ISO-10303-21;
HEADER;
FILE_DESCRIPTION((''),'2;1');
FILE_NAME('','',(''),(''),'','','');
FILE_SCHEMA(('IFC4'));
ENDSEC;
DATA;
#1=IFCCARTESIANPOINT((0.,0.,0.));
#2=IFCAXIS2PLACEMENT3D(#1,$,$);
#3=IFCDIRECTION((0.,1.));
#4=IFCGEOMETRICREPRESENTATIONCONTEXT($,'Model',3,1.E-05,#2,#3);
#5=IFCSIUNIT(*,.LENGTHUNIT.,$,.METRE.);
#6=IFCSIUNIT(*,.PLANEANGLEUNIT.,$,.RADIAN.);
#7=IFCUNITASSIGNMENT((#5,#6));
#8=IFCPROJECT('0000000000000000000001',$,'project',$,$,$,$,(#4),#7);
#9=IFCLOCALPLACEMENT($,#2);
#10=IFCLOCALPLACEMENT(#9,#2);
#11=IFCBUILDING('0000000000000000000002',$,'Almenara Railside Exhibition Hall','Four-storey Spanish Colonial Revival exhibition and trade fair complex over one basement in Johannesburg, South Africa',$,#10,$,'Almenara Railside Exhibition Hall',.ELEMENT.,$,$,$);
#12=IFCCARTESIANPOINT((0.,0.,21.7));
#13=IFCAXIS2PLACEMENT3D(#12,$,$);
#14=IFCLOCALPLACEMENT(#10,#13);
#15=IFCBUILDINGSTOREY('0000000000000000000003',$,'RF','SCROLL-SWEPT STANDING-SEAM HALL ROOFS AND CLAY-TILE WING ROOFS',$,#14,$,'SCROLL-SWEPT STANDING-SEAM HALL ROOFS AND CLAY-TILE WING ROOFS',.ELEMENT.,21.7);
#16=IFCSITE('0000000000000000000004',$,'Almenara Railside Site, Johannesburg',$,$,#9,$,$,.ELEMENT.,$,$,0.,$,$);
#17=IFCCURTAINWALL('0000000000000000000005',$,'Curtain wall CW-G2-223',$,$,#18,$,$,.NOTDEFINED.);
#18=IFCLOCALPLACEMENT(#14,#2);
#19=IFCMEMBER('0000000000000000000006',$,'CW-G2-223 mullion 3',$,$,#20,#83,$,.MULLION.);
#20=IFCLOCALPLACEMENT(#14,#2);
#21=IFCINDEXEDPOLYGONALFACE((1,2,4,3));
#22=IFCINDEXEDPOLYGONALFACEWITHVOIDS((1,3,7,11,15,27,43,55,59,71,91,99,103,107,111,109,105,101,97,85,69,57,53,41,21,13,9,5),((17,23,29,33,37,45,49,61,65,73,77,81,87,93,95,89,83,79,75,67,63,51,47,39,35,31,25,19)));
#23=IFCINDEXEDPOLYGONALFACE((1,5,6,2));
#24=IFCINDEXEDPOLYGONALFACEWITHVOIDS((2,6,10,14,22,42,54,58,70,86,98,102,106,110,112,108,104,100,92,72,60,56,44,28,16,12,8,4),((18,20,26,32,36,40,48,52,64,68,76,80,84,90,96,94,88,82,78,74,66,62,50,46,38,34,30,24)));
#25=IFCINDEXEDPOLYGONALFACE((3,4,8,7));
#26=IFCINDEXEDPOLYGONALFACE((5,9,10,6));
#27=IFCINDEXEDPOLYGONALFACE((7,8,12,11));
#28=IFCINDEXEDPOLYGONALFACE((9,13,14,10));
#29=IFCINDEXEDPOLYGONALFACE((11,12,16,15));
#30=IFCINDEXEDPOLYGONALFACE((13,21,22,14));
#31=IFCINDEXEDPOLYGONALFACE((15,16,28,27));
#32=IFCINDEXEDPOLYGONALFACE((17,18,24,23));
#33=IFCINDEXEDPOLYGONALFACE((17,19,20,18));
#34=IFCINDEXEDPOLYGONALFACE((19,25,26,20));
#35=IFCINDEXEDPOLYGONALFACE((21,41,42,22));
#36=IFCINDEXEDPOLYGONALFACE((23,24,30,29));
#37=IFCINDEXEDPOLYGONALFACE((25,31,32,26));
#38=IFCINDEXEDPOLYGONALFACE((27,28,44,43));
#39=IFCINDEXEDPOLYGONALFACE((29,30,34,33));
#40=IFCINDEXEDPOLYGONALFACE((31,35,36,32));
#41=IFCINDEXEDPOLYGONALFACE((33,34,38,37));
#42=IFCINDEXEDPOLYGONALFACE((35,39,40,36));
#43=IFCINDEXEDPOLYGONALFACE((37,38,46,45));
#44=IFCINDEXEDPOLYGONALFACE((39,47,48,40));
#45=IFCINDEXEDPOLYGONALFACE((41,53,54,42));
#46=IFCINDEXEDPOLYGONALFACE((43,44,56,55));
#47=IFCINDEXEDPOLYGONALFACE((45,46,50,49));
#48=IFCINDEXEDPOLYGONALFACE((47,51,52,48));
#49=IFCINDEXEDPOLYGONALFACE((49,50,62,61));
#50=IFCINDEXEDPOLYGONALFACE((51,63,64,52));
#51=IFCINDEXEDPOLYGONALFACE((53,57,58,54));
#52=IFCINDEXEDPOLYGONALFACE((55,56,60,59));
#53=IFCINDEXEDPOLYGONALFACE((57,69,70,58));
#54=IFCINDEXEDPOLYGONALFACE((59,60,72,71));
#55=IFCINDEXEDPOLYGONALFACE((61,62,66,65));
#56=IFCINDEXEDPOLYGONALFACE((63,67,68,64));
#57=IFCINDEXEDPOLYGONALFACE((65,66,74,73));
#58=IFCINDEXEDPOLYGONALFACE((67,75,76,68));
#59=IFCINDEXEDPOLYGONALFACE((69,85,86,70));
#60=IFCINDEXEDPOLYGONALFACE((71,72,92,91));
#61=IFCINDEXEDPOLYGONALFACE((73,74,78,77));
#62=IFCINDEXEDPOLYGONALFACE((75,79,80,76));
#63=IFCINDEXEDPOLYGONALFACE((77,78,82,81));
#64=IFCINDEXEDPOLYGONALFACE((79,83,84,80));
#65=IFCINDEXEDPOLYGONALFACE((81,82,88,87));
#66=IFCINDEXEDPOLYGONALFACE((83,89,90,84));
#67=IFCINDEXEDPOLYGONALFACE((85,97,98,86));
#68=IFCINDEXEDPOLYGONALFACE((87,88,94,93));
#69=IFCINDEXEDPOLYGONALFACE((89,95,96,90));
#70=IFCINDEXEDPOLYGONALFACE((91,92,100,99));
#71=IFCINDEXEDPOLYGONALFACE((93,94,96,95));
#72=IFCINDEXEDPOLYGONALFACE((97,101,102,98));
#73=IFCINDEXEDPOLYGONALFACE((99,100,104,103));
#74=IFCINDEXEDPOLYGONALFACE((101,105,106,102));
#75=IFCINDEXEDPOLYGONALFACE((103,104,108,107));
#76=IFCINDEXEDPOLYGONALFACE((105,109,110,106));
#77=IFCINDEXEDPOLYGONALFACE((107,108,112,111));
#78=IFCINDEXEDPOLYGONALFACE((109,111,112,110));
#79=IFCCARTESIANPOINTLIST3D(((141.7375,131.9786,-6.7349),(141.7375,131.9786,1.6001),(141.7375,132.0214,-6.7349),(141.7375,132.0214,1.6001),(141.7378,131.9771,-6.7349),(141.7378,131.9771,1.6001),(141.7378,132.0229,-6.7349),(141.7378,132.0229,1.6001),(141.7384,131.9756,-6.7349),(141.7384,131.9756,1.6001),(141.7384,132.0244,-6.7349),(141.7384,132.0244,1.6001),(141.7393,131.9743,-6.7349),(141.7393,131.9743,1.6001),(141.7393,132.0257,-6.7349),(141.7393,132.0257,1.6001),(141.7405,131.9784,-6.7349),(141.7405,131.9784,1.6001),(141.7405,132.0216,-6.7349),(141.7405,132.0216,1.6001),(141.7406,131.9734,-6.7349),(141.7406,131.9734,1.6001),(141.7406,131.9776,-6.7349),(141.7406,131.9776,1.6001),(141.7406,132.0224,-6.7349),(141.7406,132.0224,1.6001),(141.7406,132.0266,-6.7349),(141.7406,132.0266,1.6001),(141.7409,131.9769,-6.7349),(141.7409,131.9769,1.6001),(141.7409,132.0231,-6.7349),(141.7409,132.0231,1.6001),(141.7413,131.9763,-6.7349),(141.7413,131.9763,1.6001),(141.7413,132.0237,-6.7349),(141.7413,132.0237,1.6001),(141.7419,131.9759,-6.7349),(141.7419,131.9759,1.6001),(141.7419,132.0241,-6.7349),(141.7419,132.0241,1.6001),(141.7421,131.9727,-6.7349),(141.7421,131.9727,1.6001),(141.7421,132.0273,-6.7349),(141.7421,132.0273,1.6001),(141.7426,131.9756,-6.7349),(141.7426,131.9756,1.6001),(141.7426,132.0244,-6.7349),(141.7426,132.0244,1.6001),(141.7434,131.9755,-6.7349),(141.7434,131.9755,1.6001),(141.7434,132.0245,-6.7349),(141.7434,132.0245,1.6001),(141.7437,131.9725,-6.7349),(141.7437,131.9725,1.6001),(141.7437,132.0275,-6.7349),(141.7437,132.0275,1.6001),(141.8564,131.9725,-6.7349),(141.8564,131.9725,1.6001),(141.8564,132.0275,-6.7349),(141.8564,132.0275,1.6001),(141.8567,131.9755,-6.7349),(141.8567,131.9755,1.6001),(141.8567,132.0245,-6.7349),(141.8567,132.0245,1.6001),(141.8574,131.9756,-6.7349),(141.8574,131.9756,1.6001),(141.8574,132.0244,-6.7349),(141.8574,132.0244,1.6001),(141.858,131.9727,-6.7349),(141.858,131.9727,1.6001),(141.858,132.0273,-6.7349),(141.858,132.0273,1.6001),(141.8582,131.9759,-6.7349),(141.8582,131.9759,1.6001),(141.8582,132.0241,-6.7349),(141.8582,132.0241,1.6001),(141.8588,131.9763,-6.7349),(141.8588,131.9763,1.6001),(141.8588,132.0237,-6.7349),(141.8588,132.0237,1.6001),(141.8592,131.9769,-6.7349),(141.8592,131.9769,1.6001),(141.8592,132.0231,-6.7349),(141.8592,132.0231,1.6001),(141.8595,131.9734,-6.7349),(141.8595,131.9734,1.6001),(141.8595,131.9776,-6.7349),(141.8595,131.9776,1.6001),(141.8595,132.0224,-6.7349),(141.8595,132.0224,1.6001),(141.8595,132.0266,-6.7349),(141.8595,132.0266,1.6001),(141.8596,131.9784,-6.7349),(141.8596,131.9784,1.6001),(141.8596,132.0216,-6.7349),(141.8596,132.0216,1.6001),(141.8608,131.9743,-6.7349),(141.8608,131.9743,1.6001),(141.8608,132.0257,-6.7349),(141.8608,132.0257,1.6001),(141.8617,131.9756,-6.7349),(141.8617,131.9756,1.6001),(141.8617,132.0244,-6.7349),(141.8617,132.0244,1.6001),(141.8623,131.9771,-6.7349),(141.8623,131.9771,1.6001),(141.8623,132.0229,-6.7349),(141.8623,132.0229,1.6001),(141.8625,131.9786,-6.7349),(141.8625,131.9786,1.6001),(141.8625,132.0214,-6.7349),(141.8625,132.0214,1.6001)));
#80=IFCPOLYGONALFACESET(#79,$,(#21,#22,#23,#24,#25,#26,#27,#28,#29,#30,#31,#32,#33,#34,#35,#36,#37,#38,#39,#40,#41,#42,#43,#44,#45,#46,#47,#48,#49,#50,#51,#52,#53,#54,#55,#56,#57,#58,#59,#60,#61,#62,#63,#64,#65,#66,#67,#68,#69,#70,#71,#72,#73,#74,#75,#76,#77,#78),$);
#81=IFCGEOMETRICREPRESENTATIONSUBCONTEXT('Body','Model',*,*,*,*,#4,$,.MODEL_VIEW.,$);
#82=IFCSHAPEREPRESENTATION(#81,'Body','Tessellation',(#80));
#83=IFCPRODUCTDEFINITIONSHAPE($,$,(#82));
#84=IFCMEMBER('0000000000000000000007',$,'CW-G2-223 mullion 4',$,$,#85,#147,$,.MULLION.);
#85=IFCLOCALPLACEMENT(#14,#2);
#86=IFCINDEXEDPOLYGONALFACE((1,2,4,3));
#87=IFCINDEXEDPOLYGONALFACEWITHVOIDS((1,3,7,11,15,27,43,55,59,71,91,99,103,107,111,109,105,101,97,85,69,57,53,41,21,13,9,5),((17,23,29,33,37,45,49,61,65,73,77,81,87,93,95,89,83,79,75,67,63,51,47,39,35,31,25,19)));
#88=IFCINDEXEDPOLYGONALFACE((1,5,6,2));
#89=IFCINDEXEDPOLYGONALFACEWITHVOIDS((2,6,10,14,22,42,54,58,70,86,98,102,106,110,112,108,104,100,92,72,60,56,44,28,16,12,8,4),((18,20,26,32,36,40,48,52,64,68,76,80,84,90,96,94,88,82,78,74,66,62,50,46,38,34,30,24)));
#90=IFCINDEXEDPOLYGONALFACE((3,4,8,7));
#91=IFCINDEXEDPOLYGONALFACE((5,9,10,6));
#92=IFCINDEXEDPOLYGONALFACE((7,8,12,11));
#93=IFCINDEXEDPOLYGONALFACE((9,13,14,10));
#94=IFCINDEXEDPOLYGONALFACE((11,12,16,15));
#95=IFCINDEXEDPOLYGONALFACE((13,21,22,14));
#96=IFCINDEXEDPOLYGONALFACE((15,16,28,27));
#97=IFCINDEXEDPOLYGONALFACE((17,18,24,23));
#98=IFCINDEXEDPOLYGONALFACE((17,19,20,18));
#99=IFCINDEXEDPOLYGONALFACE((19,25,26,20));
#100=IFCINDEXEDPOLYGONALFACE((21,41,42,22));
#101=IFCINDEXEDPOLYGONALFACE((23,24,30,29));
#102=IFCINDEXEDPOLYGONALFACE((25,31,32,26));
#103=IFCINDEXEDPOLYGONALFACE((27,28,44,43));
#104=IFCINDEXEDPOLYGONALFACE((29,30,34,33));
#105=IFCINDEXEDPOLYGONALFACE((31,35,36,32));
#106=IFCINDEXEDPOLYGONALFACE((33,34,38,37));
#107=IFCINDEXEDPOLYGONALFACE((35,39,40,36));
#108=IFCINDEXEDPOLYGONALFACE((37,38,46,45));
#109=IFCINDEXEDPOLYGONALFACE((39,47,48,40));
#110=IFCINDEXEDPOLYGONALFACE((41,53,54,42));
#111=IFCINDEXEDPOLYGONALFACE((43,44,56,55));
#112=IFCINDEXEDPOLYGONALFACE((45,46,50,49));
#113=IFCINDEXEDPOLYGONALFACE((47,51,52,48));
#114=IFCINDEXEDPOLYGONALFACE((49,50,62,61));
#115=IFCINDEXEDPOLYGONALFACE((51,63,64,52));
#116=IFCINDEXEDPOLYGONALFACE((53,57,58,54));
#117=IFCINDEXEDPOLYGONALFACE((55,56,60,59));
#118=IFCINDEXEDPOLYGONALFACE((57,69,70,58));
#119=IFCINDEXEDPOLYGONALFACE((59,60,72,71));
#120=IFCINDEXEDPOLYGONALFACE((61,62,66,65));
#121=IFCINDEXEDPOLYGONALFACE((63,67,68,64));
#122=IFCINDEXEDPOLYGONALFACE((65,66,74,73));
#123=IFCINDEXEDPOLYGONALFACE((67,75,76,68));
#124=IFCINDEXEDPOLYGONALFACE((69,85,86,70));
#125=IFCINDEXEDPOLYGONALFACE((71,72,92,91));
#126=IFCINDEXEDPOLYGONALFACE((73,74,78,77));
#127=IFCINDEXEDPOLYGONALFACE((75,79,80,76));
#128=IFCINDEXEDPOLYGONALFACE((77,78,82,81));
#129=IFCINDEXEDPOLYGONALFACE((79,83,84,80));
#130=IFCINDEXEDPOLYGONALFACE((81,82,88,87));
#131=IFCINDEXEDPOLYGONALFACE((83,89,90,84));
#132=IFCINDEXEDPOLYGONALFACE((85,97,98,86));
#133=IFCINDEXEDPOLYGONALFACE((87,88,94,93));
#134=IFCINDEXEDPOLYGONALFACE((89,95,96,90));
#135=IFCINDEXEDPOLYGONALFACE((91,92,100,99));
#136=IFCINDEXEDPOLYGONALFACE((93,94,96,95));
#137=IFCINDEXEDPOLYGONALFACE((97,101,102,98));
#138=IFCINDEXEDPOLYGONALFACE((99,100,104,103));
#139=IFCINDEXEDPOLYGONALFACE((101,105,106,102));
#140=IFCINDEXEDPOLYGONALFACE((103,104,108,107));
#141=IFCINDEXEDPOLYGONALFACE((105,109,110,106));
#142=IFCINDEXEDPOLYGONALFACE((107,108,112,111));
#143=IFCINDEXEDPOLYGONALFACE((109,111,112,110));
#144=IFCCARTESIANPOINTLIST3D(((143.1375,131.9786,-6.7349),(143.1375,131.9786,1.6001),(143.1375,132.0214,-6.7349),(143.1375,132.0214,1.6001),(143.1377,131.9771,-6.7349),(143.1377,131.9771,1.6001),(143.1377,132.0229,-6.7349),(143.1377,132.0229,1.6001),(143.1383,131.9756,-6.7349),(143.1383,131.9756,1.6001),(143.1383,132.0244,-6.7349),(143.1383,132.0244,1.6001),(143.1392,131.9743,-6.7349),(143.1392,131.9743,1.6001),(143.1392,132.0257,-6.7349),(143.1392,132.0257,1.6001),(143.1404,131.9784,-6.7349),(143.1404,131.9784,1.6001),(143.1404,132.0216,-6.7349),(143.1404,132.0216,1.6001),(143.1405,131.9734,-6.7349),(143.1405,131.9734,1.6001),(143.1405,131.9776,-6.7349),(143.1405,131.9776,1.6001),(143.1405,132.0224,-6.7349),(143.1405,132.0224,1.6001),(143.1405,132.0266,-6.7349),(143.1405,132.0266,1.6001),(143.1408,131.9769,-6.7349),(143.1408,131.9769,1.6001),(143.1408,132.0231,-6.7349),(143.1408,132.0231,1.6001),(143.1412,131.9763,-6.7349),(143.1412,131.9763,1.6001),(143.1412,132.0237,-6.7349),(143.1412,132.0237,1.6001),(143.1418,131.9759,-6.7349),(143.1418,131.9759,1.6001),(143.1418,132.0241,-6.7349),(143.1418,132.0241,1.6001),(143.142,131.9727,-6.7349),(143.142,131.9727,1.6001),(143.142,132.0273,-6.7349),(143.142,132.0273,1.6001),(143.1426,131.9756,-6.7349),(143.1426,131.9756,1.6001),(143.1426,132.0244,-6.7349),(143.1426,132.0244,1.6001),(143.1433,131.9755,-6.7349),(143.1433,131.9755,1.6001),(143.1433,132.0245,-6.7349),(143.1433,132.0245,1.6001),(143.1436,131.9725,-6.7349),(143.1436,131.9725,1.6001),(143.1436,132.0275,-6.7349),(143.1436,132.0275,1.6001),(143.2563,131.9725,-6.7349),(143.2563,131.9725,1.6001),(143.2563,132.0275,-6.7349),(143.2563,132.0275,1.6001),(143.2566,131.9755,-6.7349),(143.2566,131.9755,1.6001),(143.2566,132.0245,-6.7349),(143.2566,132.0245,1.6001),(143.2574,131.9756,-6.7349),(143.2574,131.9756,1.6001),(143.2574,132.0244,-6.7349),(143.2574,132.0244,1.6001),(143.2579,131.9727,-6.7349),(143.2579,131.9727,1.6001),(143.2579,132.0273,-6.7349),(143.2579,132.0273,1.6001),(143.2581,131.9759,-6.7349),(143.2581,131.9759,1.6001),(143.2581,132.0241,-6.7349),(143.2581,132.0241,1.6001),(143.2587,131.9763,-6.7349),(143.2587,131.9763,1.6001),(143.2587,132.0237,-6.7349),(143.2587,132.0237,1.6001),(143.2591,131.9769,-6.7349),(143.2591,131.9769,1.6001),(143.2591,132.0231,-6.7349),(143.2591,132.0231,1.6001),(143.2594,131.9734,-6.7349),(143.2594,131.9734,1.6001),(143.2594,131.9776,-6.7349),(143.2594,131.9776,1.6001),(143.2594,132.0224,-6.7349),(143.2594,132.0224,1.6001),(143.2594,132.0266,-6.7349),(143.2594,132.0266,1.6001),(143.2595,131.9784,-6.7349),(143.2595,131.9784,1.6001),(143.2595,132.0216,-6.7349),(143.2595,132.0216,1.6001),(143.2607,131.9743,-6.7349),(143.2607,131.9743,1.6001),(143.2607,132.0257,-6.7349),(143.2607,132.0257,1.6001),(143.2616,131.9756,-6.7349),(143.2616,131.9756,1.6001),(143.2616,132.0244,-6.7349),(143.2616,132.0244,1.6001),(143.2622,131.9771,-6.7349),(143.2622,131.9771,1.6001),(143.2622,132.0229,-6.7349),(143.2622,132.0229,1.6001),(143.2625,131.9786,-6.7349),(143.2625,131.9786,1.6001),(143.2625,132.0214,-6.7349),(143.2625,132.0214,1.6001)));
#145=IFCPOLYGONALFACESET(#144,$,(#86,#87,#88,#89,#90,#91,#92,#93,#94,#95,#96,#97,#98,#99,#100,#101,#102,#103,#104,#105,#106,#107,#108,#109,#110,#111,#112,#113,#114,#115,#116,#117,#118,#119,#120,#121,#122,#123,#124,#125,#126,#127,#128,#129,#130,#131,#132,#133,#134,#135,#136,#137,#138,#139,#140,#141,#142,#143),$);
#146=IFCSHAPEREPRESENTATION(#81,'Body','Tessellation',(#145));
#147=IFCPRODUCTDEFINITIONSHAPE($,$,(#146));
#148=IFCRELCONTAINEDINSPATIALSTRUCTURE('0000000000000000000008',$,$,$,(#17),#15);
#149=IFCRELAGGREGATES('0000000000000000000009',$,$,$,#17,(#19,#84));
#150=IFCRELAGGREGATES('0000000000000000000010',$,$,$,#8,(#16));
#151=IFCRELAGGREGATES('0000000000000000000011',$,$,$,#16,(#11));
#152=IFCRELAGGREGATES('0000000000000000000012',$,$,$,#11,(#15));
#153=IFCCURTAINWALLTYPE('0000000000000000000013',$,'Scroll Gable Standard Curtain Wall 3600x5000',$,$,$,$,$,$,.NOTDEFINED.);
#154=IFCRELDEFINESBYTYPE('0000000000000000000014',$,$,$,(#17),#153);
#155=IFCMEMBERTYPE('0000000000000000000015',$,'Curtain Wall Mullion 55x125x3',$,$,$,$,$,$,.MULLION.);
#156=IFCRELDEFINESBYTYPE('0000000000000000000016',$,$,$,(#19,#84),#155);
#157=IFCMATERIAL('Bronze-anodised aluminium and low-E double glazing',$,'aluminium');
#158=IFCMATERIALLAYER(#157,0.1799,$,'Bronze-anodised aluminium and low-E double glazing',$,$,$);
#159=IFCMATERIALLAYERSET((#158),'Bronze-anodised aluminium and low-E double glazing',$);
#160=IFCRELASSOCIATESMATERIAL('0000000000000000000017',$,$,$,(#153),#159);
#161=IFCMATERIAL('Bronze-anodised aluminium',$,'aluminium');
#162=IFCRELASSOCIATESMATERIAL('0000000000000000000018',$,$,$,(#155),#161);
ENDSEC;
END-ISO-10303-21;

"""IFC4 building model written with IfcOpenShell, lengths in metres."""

from ifc_helpers import new_model, si_unit, direction, frame, origin, origin_2d, place, context, subcontext, project, spatial, hollow_rectangle, extrude, material, layer, layer_set, material_profile, profile_set, type_object, element, aggregate, save


model = new_model("IFC4")

# Units and contexts
model_context = context("Model", 3, precision=1e-05, world=origin(), true_north=direction((0.0, 1.0)))
body_context = subcontext(model_context, "Body", "Model", "MODEL_VIEW")
ifc_project = project(units=[si_unit("LENGTHUNIT", "METRE"), si_unit("PLANEANGLEUNIT", "RADIAN")], contexts=[model_context])

# Site, building, storey
site_placement = place(None, origin())
site = spatial("IfcSite", under=ifc_project, at=site_placement, Name="Almenara Railside Site, Johannesburg", CompositionType="ELEMENT", RefElevation=0.0)
building_placement = place(site_placement, origin())
building = spatial("IfcBuilding", under=site, at=building_placement, Name="Almenara Railside Exhibition Hall", Description="Four-storey Spanish Colonial Revival exhibition and trade fair complex over one basement in Johannesburg, South Africa", LongName="Almenara Railside Exhibition Hall", CompositionType="ELEMENT")
storey_placement = place(building_placement, frame((0.0, 0.0, 21.7)))
storey = spatial("IfcBuildingStorey", under=building, at=storey_placement, Name="RF", Description="SCROLL-SWEPT STANDING-SEAM HALL ROOFS AND CLAY-TILE WING ROOFS", LongName="SCROLL-SWEPT STANDING-SEAM HALL ROOFS AND CLAY-TILE WING ROOFS", CompositionType="ELEMENT", Elevation=21.7)

# Curtain wall, members
ifc_material_1 = material(Name="Bronze-anodised aluminium and low-E double glazing", Category="aluminium")
ifc_layer_1 = layer(ifc_material_1, 0.1799, Name="Bronze-anodised aluminium and low-E double glazing")
ifc_layer_set_1 = layer_set([ifc_layer_1], Name="Bronze-anodised aluminium and low-E double glazing")
curtain_wall_type = type_object("IfcCurtainWallType", Name="Scroll Gable Standard Curtain Wall 3600x5000", PredefinedType="NOTDEFINED", material=ifc_layer_set_1)
curtain_wall_placement = place(storey_placement, origin())
curtain_wall = element("IfcCurtainWall", 1, at=curtain_wall_placement, inside=storey, type_object=curtain_wall_type, Name="Curtain wall CW-G2-223", PredefinedType="NOTDEFINED")
ifc_material_2 = material(Name="Bronze-anodised aluminium", Category="aluminium")
ifc_material_profile_1 = material_profile(ifc_material_2, hollow_rectangle(XDim=0.0549, YDim=0.125, WallThickness=0.0029, InnerFilletRadius=0.0029, OuterFilletRadius=0.0061, at=origin_2d()), Name="ALU-MUL 55x125x3")
ifc_profile_set_1 = profile_set([ifc_material_profile_1], Name="Bronze-anodised aluminium")
member_type_1 = type_object("IfcMemberType", Name="Curtain Wall Mullion 55x125x3", PredefinedType="MULLION", material=ifc_profile_set_1)
member_1_placement = place(storey_placement, frame((141.8, 132.0, -6.7349), z_axis=(0.0, 0.0, 1.0), x_axis=(0.0, 1.0, 0.0)))
member_1 = element("IfcMember", 2, at=member_1_placement, type_object=member_type_1, Name="CW-G2-223 mullion 3", PredefinedType="MULLION", context=body_context, shape_type="SweptSolid", body=[
    extrude(hollow_rectangle(XDim=0.0549, YDim=0.125, WallThickness=0.0029, InnerFilletRadius=0.0029, OuterFilletRadius=0.0061, at=origin_2d()), origin(), (0.0, 0.0, 1.0), 8.335),
])
member_2_placement = place(storey_placement, frame((143.2, 132.0, -6.7349), z_axis=(0.0, 0.0, 1.0), x_axis=(0.0, 1.0, 0.0)))
member_2 = element("IfcMember", 3, at=member_2_placement, type_object=member_type_1, Name="CW-G2-223 mullion 4", PredefinedType="MULLION", context=body_context, shape_type="SweptSolid", body=[
    extrude(hollow_rectangle(XDim=0.0549, YDim=0.125, WallThickness=0.0029, InnerFilletRadius=0.0029, OuterFilletRadius=0.0061, at=origin_2d()), origin(), (0.0, 0.0, 1.0), 8.335),
])

aggregate(curtain_wall, [member_1, member_2])

save(model, "model.ifc")
